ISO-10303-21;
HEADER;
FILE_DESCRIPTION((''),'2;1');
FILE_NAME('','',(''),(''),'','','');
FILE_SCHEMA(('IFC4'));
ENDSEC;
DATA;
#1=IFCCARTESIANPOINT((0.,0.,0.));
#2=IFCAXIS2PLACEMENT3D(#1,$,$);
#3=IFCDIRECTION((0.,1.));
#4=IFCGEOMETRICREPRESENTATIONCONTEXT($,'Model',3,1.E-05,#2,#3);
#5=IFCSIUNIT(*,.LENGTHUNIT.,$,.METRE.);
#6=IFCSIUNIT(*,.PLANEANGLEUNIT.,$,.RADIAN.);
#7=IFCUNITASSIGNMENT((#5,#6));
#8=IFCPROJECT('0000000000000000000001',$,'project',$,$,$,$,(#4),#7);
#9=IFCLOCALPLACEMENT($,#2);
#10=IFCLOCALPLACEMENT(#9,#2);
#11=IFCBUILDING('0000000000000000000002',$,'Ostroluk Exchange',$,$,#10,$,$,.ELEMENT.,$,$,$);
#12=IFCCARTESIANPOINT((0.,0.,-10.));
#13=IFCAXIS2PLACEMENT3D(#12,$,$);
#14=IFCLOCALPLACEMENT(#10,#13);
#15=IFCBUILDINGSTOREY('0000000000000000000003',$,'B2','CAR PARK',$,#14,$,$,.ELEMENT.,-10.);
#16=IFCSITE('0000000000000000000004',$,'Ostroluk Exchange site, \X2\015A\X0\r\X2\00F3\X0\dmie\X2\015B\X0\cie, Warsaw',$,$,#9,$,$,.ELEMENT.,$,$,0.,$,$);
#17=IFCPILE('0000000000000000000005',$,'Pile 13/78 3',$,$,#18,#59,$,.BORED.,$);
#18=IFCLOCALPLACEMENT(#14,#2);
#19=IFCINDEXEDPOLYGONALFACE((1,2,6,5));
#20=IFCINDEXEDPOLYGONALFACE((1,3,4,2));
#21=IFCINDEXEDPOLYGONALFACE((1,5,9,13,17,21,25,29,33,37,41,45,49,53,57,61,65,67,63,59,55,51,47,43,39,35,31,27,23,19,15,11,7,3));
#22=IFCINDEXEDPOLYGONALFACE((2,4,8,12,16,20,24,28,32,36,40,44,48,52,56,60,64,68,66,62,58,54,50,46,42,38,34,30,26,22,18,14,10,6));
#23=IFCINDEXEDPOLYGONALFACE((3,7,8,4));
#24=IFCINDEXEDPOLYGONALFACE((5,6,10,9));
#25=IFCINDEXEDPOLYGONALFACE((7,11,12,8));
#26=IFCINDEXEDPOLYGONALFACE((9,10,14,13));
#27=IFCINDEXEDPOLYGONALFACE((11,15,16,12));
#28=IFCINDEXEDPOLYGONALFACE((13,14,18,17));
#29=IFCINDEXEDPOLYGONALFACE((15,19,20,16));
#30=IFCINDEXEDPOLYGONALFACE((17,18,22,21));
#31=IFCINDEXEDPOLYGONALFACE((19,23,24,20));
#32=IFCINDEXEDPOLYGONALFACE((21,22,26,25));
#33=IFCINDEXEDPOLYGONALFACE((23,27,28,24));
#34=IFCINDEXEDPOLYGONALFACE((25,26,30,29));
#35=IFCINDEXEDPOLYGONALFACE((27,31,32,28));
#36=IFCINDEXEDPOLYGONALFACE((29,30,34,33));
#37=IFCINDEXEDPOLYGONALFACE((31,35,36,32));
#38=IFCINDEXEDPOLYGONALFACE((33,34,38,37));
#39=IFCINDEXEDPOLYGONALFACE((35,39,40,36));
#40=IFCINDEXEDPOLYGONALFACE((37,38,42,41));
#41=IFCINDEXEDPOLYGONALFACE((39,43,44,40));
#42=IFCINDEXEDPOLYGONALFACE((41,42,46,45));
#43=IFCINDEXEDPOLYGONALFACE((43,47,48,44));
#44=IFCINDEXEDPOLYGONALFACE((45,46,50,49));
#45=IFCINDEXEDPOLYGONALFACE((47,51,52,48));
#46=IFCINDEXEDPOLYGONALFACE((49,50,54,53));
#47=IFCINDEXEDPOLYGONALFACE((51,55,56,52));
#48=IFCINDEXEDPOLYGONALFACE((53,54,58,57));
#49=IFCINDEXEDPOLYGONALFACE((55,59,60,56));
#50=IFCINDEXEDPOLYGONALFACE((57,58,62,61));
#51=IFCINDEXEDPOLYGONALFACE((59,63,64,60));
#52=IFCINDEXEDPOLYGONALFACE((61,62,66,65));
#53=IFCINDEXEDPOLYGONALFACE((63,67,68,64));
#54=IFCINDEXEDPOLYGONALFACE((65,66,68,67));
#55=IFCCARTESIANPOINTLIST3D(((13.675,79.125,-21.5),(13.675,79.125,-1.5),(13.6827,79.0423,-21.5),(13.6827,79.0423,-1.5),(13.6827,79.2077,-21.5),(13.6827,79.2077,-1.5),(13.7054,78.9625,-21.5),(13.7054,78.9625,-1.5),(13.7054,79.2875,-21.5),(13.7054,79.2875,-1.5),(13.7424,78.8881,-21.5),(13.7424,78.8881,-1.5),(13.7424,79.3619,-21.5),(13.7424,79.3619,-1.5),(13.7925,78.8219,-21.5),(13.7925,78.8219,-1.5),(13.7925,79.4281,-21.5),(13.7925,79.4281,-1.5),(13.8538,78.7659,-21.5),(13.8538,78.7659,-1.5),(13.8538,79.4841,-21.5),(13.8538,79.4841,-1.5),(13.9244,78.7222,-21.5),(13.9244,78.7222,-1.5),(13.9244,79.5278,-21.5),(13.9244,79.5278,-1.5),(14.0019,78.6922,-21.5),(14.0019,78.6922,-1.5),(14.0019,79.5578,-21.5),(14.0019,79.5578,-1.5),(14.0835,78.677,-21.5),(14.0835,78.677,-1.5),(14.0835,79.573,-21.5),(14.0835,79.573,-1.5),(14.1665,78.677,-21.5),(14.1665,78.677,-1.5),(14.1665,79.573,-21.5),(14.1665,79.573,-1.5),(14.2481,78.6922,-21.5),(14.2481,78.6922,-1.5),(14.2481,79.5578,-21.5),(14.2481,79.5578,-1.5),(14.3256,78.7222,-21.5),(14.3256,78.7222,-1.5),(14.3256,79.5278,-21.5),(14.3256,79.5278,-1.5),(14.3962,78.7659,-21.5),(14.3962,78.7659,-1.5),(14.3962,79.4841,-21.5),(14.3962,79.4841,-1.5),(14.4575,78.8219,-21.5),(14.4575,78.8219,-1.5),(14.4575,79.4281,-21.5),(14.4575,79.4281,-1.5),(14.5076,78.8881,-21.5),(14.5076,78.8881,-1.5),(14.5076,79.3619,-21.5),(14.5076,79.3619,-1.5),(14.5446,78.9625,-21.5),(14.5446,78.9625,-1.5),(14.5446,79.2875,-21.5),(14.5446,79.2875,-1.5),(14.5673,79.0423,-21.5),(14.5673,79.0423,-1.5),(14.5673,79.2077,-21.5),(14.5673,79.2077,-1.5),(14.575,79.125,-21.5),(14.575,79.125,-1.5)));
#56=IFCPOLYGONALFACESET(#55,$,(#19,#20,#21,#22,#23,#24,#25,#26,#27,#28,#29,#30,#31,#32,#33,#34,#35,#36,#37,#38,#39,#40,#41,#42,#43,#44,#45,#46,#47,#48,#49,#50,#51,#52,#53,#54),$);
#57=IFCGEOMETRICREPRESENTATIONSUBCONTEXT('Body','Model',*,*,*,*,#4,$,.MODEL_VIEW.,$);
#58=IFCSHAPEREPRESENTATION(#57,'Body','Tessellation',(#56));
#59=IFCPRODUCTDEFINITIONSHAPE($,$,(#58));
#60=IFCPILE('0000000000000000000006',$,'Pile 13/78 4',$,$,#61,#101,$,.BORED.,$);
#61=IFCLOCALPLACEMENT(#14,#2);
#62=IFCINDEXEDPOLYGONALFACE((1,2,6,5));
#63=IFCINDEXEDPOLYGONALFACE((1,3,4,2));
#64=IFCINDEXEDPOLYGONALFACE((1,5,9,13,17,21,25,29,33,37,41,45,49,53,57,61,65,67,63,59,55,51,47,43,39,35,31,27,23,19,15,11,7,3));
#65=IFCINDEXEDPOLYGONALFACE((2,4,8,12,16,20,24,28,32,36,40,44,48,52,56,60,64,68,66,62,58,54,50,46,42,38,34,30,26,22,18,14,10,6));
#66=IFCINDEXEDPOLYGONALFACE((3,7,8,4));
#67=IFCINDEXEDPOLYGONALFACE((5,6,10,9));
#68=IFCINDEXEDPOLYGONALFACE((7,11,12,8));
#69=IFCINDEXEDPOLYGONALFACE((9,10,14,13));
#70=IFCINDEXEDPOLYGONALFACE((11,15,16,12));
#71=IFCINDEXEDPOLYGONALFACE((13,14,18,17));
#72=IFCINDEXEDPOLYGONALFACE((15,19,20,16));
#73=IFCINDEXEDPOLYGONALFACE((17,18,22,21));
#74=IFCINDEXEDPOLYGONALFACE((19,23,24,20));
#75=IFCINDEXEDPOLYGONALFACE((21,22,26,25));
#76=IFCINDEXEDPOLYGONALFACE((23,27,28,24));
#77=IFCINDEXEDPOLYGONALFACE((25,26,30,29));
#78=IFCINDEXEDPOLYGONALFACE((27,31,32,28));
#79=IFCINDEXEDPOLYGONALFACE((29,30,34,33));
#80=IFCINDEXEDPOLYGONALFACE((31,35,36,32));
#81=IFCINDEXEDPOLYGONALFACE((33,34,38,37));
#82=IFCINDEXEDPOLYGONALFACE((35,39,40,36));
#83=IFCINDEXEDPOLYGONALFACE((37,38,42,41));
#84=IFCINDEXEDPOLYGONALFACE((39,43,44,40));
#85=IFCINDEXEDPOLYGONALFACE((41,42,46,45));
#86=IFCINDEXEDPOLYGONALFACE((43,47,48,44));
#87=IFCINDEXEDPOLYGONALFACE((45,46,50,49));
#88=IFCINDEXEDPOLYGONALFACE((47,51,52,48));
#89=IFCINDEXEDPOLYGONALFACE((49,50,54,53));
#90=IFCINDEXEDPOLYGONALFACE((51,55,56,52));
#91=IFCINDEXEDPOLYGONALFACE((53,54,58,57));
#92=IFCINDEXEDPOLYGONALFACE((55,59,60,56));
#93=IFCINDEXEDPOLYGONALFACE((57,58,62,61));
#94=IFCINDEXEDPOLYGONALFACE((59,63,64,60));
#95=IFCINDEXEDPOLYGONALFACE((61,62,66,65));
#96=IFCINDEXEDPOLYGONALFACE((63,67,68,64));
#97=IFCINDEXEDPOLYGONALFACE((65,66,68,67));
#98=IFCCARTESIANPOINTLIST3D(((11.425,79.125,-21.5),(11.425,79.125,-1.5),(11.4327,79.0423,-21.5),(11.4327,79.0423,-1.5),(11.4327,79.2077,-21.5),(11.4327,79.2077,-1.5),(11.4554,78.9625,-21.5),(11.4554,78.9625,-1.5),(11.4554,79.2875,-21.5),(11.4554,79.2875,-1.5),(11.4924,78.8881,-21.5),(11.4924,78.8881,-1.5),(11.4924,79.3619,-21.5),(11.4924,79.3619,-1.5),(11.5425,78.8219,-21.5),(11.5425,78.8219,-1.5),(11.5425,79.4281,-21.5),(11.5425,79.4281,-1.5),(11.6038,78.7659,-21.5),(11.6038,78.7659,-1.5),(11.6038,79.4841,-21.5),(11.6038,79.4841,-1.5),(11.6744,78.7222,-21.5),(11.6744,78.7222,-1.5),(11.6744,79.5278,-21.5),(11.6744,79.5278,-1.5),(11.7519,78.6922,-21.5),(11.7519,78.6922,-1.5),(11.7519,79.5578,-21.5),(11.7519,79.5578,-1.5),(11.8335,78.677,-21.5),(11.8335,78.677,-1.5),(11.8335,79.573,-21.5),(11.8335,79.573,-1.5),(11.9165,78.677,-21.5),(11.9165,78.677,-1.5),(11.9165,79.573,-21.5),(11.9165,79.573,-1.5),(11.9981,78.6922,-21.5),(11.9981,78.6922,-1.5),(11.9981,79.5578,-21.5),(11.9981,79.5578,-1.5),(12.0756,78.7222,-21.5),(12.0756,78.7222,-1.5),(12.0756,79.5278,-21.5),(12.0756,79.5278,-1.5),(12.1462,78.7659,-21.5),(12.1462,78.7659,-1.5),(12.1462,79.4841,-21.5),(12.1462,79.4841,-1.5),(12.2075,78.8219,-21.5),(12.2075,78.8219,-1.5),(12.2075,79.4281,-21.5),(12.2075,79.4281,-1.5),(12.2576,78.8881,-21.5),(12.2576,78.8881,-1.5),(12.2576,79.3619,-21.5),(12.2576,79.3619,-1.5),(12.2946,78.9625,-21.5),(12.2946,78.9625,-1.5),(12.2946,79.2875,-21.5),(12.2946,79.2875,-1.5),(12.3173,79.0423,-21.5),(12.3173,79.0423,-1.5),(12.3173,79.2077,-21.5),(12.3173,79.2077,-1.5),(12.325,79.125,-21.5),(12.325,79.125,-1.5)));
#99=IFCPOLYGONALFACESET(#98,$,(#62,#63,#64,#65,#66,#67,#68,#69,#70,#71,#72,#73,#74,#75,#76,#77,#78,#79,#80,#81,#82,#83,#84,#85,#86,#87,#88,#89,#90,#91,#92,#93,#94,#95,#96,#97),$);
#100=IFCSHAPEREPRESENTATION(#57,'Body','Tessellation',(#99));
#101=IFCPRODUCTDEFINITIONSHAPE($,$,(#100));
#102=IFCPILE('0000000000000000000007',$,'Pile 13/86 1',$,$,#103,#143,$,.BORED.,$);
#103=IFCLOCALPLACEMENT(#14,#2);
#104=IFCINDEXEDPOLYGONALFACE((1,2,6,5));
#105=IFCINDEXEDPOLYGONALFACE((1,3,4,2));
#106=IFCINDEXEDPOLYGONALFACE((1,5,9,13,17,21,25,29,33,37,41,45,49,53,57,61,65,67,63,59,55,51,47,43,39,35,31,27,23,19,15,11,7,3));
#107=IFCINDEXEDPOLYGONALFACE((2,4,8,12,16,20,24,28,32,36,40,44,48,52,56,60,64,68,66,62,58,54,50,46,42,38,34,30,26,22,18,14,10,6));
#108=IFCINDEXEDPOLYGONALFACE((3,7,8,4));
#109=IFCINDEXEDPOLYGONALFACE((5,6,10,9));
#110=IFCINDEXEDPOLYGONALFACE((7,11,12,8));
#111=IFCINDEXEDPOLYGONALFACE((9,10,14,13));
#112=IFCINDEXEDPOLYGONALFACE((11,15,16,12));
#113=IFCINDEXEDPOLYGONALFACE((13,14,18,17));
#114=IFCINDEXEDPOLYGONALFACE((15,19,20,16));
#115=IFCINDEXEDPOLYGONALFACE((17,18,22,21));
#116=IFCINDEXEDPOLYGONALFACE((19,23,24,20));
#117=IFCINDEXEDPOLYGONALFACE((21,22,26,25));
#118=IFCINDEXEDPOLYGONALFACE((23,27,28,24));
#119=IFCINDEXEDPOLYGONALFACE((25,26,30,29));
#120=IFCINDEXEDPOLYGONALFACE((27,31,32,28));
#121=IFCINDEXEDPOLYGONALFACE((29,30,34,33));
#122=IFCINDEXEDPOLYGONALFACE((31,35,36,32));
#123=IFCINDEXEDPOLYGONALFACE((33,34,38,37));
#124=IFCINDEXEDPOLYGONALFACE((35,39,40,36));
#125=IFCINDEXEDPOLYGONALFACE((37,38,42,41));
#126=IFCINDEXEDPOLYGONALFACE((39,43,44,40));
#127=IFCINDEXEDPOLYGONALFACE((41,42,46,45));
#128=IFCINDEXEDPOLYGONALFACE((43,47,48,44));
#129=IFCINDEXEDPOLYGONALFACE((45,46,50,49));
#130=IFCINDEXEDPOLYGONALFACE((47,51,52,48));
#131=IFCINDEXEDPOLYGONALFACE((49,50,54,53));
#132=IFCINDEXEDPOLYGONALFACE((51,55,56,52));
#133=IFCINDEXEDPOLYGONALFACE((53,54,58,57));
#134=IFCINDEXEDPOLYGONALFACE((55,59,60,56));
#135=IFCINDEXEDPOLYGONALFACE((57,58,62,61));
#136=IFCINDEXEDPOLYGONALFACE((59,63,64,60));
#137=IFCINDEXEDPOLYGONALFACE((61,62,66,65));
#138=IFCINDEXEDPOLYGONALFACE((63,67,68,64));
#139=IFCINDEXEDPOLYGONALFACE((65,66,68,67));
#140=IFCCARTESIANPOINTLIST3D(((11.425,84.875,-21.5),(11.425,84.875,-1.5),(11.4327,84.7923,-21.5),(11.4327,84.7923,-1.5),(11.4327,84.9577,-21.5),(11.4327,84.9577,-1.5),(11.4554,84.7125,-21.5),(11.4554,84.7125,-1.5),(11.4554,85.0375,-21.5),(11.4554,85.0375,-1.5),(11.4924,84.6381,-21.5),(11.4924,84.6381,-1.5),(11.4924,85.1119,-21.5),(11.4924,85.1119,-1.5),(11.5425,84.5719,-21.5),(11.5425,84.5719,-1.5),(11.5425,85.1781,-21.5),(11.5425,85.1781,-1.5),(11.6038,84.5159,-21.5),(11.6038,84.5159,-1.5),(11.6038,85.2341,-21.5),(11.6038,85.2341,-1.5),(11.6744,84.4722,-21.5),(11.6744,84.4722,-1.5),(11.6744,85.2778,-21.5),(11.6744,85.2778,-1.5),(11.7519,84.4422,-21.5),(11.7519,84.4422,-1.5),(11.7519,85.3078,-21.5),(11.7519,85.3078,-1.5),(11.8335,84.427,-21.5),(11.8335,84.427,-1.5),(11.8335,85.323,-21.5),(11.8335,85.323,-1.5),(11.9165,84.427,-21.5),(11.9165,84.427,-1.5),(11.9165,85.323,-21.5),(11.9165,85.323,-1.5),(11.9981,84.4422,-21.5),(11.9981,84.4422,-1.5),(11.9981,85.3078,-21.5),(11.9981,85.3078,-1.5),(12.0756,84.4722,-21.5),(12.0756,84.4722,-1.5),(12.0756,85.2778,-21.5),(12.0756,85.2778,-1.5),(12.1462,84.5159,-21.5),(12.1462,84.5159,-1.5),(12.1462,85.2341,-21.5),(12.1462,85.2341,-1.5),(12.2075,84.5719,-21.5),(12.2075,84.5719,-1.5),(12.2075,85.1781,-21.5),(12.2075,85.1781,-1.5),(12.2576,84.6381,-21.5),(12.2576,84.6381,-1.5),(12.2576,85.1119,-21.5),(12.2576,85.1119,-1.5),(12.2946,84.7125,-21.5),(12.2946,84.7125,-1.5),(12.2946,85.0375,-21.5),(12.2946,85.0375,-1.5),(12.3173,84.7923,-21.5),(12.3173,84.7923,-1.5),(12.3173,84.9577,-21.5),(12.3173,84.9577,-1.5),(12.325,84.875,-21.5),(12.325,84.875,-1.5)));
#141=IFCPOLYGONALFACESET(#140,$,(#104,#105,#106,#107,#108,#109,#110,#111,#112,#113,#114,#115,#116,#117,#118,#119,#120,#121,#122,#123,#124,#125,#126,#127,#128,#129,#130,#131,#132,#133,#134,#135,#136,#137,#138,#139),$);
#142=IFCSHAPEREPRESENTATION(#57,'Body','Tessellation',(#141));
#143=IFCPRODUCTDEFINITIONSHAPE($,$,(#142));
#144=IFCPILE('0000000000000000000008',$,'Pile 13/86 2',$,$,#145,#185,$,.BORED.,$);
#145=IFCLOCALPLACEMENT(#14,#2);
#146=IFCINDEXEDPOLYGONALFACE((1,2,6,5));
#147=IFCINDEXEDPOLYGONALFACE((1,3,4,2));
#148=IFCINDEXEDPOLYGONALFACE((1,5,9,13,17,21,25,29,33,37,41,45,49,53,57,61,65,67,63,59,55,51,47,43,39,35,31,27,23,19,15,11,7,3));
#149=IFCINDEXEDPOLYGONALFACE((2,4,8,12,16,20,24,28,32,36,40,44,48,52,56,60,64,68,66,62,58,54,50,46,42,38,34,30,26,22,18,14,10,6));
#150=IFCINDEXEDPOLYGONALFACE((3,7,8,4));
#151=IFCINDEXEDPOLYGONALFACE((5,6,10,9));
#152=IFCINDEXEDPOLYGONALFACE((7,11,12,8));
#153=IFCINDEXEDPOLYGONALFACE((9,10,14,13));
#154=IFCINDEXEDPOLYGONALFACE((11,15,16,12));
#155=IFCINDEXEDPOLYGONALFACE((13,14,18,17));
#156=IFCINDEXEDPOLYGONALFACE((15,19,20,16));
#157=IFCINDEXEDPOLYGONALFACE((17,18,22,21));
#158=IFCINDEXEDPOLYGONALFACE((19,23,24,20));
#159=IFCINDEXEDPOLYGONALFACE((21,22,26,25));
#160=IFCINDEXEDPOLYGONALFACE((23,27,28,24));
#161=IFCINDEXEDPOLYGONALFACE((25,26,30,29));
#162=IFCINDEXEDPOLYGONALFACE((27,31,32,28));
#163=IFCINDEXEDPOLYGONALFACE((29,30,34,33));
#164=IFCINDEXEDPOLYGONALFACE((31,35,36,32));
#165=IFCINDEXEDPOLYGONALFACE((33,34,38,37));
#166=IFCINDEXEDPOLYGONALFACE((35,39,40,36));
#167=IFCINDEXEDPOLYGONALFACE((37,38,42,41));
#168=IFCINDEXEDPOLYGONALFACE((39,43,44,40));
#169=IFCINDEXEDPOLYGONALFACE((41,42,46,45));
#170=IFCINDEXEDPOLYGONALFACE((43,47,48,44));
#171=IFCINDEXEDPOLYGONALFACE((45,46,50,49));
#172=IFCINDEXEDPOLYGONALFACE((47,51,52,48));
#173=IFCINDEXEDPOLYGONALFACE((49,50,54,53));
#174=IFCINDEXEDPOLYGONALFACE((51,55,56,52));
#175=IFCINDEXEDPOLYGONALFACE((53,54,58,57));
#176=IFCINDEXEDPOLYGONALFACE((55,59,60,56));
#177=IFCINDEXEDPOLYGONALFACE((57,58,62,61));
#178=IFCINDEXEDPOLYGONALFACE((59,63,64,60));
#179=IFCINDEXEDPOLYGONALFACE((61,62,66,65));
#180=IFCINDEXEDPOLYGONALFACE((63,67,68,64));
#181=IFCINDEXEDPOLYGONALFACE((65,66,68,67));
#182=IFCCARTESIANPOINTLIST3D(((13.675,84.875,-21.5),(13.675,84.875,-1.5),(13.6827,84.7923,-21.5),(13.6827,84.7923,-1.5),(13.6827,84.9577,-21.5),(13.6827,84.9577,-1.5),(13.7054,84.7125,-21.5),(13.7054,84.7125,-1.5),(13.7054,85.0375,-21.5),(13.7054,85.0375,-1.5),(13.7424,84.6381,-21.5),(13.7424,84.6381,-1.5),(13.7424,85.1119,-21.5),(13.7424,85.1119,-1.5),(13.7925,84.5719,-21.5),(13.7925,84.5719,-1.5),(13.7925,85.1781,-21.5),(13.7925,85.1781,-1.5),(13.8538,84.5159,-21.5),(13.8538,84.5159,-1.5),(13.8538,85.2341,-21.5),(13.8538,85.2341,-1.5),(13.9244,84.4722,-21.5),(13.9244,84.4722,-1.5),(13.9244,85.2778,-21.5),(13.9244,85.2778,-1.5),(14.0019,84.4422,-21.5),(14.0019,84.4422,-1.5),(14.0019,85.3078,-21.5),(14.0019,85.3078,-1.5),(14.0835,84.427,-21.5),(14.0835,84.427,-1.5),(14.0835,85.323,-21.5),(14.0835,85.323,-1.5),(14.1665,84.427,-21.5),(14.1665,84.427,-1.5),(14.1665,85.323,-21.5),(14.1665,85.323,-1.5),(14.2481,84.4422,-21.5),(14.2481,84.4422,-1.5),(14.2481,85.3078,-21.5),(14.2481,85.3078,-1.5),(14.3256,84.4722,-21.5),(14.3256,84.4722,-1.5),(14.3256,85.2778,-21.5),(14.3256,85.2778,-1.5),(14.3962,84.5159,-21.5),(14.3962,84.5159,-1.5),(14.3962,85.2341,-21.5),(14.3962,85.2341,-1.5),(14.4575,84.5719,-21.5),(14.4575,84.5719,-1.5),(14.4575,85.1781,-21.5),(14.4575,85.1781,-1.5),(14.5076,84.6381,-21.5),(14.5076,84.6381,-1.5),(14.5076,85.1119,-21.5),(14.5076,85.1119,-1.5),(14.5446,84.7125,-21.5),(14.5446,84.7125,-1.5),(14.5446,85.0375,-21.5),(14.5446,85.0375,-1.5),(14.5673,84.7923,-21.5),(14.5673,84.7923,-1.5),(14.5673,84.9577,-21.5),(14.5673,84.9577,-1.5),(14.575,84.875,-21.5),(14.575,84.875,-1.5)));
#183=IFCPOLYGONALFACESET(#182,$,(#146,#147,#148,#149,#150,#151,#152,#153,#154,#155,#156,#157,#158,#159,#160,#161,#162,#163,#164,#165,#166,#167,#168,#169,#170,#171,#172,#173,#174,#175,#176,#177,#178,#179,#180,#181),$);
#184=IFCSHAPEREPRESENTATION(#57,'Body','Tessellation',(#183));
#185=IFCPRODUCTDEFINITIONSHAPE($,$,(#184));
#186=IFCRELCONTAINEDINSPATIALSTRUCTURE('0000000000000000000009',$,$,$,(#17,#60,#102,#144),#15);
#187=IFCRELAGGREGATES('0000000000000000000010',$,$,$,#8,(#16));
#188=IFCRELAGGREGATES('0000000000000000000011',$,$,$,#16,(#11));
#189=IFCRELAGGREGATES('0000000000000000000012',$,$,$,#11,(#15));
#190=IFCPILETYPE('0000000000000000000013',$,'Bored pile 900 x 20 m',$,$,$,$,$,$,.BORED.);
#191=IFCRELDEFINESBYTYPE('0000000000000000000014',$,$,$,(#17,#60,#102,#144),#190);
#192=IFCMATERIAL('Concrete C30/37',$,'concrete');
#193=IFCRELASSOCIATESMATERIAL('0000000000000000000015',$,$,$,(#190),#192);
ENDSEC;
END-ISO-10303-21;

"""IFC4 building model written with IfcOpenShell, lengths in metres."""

from ifc_helpers import new_model, si_unit, direction, frame, origin, origin_2d, place, context, subcontext, project, spatial, circle, extrude, material, type_object, element, save


model = new_model("IFC4")

# Units and contexts
model_context = context("Model", 3, precision=1e-05, world=origin(), true_north=direction((0.0, 1.0)))
body_context = subcontext(model_context, "Body", "Model", "MODEL_VIEW")
ifc_project = project(units=[si_unit("LENGTHUNIT", "METRE"), si_unit("PLANEANGLEUNIT", "RADIAN")], contexts=[model_context])

# Site, building, storey
site_placement = place(None, origin())
site = spatial("IfcSite", under=ifc_project, at=site_placement, Name="Ostroluk Exchange site, Śródmieście, Warsaw", CompositionType="ELEMENT", RefElevation=0.0)
building_placement = place(site_placement, origin())
building = spatial("IfcBuilding", under=site, at=building_placement, Name="Ostroluk Exchange", CompositionType="ELEMENT")
storey_placement = place(building_placement, frame((0.0, 0.0, -10.0)))
storey = spatial("IfcBuildingStorey", under=building, at=storey_placement, Name="B2", Description="CAR PARK", CompositionType="ELEMENT", Elevation=-10.0)

# Piles
ifc_material_1 = material(Name="Concrete C30/37", Category="concrete")
pile_type_1 = type_object("IfcPileType", Name="Bored pile 900 x 20 m", PredefinedType="BORED", material=ifc_material_1)
for number, where, z_axis, x_axis, name in (
    (1, (14.125, 79.125, -1.5), (0.0, 0.0, -1.0), (1.0, 0.0, 0.0), "Pile 13/78 3"),
    (2, (11.875, 79.125, -1.5), (0.0, 0.0, -1.0), (1.0, 0.0, 0.0), "Pile 13/78 4"),
    (3, (11.875, 84.875, -1.5), (0.0, 0.0, -1.0), (1.0, 0.0, 0.0), "Pile 13/86 1"),
    (4, (14.125, 84.875, -1.5), (0.0, 0.0, -1.0), (1.0, 0.0, 0.0), "Pile 13/86 2"),
):
    element("IfcPile", number, at=place(storey_placement, frame(where, z_axis=z_axis, x_axis=x_axis)), inside=storey, type_object=pile_type_1, Name=name, PredefinedType="BORED", context=body_context, shape_type="SweptSolid", body=[
        extrude(circle(Radius=0.45, at=origin_2d()), origin(), (0.0, 0.0, 1.0), 20.0),
    ])

save(model, "model.ifc")
